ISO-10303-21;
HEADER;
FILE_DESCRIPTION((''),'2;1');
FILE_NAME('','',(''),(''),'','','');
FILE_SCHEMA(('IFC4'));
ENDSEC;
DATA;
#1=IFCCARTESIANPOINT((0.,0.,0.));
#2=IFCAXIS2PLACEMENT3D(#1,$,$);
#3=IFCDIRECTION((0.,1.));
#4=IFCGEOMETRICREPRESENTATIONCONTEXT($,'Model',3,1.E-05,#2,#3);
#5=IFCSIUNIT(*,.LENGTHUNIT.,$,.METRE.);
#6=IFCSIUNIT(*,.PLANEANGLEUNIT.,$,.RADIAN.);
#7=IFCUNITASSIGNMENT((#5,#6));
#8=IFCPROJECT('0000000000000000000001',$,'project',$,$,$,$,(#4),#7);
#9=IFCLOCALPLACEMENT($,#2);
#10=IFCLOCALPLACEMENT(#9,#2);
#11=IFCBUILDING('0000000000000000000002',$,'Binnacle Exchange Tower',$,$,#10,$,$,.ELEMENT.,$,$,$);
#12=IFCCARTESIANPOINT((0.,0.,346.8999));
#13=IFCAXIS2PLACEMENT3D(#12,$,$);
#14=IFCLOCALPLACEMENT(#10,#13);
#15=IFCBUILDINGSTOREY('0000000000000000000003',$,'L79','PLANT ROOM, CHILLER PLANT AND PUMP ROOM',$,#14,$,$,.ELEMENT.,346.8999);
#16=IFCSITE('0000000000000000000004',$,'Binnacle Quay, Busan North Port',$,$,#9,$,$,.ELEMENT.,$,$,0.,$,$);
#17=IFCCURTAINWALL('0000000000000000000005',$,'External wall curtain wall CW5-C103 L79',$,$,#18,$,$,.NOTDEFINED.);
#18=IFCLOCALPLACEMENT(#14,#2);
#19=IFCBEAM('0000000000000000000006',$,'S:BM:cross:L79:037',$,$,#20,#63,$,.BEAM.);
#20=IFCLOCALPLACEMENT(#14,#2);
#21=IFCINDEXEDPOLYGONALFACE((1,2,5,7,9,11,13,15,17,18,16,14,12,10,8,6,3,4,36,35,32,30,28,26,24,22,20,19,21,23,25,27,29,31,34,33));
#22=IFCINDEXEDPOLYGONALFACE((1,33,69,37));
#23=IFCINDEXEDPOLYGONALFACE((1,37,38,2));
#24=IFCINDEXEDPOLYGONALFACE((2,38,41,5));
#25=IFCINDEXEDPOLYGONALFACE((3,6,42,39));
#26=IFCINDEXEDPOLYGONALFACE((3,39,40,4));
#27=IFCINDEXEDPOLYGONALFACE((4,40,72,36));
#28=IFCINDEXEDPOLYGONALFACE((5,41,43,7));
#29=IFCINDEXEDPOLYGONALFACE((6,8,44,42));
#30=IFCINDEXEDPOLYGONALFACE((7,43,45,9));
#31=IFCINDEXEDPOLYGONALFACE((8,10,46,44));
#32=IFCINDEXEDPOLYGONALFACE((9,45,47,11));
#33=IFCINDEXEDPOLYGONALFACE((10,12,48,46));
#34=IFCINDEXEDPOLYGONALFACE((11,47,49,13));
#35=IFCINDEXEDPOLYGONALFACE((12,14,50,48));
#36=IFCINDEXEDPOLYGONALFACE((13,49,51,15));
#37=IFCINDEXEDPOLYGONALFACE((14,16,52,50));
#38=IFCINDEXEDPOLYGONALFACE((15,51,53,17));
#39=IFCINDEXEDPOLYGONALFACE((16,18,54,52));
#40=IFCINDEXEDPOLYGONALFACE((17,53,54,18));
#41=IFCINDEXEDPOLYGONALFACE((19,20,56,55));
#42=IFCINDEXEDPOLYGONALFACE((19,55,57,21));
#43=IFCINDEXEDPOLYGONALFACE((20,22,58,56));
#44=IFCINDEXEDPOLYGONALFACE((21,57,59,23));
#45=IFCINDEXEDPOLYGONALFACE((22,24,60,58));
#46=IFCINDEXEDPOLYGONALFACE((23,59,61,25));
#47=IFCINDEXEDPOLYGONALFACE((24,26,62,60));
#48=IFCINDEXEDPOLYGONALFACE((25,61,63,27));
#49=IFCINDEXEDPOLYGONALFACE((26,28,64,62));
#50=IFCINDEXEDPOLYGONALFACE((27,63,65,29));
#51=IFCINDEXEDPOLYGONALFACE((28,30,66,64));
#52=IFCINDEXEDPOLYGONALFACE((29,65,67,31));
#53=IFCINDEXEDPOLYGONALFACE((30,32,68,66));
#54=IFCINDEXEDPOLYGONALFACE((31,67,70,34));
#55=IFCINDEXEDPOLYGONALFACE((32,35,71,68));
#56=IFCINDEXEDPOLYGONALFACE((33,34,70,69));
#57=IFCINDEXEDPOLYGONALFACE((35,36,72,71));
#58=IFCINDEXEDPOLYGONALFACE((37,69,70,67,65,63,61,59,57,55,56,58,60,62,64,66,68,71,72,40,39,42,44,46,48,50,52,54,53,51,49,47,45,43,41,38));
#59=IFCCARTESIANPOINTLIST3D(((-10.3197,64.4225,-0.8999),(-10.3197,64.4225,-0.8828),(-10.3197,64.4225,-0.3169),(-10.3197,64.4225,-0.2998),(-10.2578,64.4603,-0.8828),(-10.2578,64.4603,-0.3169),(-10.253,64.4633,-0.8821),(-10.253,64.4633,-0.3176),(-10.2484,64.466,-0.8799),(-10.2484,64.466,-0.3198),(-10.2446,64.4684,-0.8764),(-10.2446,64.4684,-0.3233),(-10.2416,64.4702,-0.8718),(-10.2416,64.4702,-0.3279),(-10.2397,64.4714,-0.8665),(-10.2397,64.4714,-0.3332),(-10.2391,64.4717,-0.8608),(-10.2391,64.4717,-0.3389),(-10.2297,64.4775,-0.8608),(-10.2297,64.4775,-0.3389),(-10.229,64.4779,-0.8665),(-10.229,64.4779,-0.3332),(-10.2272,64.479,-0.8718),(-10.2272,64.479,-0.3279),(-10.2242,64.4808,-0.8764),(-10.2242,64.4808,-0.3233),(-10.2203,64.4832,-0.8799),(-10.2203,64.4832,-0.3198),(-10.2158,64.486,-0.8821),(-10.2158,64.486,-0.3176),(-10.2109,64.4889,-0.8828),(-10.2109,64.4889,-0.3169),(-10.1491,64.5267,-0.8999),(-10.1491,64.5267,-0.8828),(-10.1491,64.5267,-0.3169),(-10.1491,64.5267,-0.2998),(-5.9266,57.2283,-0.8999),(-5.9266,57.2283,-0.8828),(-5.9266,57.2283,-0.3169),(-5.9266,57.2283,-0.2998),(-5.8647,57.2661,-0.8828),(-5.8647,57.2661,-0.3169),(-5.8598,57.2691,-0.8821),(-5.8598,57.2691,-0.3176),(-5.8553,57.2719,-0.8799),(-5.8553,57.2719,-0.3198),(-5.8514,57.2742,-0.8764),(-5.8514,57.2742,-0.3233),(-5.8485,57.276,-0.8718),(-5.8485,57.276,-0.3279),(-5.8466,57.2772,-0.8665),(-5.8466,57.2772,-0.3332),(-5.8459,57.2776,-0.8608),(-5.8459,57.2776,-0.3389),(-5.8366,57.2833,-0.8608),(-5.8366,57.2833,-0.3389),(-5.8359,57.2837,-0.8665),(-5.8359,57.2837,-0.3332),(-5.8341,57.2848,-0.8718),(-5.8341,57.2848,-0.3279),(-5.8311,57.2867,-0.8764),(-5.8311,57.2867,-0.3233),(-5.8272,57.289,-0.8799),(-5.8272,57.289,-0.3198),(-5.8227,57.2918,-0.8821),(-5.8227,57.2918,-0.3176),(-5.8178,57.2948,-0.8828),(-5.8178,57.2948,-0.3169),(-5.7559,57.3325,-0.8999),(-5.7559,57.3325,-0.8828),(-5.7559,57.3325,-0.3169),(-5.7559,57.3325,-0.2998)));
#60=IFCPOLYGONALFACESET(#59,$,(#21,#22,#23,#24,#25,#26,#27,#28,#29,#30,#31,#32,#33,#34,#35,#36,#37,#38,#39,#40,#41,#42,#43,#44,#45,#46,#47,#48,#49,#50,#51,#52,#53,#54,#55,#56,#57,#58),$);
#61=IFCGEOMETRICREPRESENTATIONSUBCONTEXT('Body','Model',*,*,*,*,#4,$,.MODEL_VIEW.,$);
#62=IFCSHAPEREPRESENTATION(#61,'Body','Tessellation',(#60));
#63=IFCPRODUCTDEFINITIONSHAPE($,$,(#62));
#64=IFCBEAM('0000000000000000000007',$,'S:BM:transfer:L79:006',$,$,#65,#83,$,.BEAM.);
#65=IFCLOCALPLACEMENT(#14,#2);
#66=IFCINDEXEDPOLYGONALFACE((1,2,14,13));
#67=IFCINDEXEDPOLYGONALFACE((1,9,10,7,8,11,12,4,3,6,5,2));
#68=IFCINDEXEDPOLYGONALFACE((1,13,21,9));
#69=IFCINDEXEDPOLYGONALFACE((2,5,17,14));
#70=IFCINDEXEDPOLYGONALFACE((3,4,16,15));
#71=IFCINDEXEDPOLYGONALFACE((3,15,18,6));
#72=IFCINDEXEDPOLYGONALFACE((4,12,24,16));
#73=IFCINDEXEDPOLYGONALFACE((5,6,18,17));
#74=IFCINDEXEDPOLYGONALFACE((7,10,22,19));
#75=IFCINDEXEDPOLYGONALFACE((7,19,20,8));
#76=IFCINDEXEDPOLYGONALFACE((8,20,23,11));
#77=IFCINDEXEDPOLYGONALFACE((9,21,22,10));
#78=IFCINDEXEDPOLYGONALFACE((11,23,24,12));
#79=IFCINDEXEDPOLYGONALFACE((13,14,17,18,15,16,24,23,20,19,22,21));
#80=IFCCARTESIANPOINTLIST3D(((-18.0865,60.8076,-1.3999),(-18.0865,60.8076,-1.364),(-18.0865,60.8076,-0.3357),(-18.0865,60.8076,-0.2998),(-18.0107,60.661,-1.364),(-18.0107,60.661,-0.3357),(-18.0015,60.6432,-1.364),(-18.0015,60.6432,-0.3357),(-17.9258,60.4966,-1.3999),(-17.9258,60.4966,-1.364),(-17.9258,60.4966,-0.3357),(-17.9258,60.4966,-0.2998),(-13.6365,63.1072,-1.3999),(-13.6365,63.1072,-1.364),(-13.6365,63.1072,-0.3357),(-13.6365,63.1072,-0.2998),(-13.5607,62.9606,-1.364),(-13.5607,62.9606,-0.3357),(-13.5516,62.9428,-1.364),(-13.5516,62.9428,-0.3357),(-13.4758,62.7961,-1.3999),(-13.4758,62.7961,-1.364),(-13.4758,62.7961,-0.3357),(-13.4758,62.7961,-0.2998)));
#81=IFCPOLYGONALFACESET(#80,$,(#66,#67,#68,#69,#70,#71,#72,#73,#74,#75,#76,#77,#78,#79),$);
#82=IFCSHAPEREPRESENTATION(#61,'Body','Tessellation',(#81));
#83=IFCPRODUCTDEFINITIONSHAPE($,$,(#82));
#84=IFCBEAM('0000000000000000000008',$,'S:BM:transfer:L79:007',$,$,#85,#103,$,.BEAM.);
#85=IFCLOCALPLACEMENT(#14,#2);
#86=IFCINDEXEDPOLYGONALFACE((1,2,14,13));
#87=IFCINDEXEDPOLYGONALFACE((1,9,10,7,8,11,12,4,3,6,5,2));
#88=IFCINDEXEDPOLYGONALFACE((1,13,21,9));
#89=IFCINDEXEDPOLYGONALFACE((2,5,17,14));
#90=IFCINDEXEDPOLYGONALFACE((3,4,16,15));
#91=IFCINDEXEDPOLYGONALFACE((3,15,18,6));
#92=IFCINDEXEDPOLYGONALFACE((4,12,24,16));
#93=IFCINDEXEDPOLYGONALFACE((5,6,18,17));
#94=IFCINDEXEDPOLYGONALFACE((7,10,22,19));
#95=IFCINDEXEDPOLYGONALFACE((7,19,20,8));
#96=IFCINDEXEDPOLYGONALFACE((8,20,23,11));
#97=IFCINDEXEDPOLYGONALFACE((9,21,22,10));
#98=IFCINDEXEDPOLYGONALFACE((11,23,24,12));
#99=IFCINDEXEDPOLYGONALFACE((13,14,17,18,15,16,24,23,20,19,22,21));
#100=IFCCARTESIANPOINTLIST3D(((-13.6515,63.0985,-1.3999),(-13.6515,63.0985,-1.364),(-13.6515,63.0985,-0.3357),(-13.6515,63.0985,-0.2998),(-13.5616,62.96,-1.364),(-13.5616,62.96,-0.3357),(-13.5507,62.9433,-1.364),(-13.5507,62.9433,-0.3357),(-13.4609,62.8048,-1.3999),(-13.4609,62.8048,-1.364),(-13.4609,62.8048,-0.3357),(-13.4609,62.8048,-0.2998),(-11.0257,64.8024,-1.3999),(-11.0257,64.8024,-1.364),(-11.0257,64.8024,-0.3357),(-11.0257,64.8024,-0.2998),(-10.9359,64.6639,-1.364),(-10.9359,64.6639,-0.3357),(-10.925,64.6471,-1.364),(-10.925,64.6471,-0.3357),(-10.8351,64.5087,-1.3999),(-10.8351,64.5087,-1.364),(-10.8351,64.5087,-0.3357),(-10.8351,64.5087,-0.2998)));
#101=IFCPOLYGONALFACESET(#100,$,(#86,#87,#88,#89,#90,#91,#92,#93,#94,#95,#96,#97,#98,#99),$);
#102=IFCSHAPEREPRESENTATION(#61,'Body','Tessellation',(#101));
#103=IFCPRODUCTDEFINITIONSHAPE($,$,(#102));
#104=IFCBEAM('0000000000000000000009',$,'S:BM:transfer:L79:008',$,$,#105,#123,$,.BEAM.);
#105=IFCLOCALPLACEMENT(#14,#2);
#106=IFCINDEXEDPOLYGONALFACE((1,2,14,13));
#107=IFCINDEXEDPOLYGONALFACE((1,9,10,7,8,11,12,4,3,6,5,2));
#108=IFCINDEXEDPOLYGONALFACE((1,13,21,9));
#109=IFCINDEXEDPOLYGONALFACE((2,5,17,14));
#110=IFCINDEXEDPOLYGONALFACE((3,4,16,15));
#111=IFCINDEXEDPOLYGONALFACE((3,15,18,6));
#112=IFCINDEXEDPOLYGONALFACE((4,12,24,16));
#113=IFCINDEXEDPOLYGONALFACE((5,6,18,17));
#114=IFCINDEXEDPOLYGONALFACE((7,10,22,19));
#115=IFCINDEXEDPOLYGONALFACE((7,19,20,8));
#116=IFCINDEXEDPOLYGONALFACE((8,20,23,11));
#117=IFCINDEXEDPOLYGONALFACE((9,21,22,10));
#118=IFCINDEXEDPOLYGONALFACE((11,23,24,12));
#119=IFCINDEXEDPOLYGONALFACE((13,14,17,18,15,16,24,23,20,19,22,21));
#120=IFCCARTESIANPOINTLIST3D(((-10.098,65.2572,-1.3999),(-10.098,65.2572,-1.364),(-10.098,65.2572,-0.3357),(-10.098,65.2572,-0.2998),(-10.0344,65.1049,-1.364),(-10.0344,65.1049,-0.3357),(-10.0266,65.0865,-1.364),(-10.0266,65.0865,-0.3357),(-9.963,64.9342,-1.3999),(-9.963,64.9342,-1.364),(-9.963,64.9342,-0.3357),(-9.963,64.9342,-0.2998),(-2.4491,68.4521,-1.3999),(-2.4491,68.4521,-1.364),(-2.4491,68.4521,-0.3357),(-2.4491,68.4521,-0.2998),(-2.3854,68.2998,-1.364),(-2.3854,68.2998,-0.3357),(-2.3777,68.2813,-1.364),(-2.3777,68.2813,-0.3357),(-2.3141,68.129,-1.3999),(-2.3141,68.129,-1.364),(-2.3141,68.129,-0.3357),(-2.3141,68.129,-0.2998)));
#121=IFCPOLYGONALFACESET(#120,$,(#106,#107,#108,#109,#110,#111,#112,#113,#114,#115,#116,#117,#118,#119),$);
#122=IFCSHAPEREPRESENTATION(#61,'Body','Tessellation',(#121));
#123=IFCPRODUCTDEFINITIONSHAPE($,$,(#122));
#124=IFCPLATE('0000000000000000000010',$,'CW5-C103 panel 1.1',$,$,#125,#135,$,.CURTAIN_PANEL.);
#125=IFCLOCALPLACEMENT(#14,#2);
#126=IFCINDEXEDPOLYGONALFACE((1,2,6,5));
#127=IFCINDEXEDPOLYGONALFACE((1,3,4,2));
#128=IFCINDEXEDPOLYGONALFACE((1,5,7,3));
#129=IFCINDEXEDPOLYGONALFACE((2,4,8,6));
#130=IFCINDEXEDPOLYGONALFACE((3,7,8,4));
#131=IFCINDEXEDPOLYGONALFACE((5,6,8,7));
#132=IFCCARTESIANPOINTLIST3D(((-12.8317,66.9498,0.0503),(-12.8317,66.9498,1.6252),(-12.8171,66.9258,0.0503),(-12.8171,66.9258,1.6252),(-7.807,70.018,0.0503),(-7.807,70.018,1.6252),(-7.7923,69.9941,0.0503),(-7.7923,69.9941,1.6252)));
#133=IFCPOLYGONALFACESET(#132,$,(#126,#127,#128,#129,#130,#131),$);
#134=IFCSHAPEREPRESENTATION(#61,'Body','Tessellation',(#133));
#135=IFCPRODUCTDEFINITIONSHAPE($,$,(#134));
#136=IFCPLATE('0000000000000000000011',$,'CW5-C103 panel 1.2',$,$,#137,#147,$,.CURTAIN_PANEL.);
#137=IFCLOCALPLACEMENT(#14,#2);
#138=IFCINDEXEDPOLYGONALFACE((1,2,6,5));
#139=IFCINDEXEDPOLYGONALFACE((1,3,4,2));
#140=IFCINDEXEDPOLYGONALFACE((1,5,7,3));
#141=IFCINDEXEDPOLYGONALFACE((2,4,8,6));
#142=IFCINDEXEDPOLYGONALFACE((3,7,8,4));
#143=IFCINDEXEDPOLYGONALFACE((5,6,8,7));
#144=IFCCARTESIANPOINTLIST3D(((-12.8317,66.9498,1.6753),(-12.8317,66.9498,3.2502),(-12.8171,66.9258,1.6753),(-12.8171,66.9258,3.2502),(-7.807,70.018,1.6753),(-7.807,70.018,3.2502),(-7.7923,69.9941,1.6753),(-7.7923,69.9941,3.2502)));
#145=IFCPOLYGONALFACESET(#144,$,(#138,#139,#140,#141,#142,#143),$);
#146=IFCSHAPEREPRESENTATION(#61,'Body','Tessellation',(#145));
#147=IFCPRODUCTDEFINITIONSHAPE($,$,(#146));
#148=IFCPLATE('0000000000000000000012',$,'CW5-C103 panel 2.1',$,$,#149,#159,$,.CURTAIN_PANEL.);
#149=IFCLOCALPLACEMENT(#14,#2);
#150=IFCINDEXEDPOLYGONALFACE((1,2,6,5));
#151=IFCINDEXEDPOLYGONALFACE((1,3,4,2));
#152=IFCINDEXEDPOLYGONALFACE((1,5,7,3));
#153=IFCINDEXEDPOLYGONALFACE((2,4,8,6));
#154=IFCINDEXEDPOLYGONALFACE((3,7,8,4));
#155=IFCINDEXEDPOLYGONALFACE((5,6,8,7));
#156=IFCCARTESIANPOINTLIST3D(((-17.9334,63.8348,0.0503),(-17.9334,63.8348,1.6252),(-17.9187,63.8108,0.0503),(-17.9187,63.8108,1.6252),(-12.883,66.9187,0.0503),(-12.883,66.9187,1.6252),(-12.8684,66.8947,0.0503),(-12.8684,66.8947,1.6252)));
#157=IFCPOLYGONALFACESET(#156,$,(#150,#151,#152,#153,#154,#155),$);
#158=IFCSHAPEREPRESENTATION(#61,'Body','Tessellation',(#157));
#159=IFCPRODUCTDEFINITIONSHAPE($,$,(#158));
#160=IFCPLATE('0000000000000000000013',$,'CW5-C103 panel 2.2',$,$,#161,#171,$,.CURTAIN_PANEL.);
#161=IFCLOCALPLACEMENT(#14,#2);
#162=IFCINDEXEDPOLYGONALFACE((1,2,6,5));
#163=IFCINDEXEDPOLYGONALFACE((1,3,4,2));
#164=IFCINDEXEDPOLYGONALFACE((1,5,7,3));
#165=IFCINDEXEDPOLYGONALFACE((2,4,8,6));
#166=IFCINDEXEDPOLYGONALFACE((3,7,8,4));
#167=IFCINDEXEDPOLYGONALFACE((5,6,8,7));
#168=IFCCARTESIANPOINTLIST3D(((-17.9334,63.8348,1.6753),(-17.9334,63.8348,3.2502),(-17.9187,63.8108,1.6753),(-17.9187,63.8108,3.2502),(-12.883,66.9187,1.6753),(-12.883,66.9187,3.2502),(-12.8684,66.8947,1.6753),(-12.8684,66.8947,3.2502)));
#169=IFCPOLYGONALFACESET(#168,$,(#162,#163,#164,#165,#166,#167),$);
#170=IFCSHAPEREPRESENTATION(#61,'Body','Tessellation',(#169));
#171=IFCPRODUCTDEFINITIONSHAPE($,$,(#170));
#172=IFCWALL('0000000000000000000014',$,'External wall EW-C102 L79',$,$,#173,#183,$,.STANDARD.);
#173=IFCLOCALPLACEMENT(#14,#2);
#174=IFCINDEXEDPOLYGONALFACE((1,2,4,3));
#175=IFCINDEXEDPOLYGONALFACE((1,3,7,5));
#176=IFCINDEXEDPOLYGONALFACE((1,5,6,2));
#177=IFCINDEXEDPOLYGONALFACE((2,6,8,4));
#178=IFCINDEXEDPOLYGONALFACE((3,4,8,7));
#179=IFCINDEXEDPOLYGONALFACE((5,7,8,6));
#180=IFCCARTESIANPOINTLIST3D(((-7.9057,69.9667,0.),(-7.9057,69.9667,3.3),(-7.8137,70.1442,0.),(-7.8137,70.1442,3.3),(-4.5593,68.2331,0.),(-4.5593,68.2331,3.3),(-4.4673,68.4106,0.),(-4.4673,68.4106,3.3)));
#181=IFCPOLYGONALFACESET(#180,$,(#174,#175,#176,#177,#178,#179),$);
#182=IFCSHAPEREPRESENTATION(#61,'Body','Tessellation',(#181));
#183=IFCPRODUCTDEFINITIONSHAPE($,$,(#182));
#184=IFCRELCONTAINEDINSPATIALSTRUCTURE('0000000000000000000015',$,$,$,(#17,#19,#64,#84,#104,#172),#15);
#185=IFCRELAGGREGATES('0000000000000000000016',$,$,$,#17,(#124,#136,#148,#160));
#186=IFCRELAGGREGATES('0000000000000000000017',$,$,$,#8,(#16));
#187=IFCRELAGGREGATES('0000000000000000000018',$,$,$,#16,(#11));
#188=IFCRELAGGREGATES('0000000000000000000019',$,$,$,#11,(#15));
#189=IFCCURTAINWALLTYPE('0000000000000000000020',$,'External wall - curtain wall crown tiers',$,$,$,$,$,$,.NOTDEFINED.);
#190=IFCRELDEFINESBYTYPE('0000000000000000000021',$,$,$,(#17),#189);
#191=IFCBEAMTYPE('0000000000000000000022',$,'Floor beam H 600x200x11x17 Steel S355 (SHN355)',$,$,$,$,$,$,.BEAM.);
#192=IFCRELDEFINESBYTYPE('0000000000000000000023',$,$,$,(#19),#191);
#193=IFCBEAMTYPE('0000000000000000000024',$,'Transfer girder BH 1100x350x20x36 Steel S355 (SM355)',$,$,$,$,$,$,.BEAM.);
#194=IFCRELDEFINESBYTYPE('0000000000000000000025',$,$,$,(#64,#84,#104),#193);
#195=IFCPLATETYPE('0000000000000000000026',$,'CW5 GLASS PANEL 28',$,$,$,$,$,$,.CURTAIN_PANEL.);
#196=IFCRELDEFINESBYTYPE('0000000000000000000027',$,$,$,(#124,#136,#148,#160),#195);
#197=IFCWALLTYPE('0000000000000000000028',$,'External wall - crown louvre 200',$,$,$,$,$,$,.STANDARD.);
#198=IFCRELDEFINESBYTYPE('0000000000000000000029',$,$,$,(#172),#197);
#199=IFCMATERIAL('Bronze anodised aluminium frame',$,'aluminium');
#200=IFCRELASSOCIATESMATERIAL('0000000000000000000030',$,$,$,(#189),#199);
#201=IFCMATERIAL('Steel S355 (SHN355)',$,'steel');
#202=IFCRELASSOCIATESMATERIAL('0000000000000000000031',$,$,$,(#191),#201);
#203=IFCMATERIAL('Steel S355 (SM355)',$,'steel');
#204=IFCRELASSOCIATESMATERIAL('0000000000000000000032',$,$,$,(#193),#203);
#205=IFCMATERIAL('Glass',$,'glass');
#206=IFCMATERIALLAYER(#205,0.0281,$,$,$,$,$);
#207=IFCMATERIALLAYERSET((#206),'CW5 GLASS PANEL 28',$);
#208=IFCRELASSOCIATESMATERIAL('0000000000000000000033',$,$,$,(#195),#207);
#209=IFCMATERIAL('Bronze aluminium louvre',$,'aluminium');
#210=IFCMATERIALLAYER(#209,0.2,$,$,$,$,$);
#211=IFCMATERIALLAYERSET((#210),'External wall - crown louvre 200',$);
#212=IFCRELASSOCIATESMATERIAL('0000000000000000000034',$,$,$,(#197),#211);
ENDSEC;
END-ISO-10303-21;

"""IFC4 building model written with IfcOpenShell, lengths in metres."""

from ifc_helpers import new_model, si_unit, direction, frame, frame_2d, origin, origin_2d, place, context, subcontext, project, spatial, rectangle, i_section, extrude, material, layer, layer_set, material_profile, profile_set, type_object, element, aggregate, save


model = new_model("IFC4")

# Units and contexts
model_context = context("Model", 3, precision=1e-05, world=origin(), true_north=direction((0.0, 1.0)))
body_context = subcontext(model_context, "Body", "Model", "MODEL_VIEW")
ifc_project = project(units=[si_unit("LENGTHUNIT", "METRE"), si_unit("PLANEANGLEUNIT", "RADIAN")], contexts=[model_context])

# Site, building, storey
site_placement = place(None, origin())
site = spatial("IfcSite", under=ifc_project, at=site_placement, Name="Binnacle Quay, Busan North Port", CompositionType="ELEMENT", RefElevation=0.0)
building_placement = place(site_placement, origin())
building = spatial("IfcBuilding", under=site, at=building_placement, Name="Binnacle Exchange Tower", CompositionType="ELEMENT")
storey_placement = place(building_placement, frame((0.0, 0.0, 346.8999)))
storey = spatial("IfcBuildingStorey", under=building, at=storey_placement, Name="L79", Description="PLANT ROOM, CHILLER PLANT AND PUMP ROOM", CompositionType="ELEMENT", Elevation=346.8999)

# Shared definitions
ifc_material_1 = material(Name="Steel S355 (SHN355)", Category="steel")

# Curtain wall
ifc_material_2 = material(Name="Bronze anodised aluminium frame", Category="aluminium")
curtain_wall_type = type_object("IfcCurtainWallType", Name="External wall - curtain wall crown tiers", PredefinedType="NOTDEFINED", material=ifc_material_2)
curtain_wall_placement = place(storey_placement, origin())
curtain_wall = element("IfcCurtainWall", 1, at=curtain_wall_placement, inside=storey, type_object=curtain_wall_type, Name="External wall curtain wall CW5-C103 L79", PredefinedType="NOTDEFINED")

# Beams
ifc_material_profile_1 = material_profile(ifc_material_1, i_section(OverallWidth=0.2, OverallDepth=0.6001, WebThickness=0.011, FlangeThickness=0.0171, FilletRadius=0.022, at=origin_2d()), Name="H 600x200x11x17")
ifc_profile_set_1 = profile_set([ifc_material_profile_1], Name="Steel S355 (SHN355)")
beam_type_1 = type_object("IfcBeamType", Name="Floor beam H 600x200x11x17 Steel S355 (SHN355)", PredefinedType="BEAM", material=ifc_profile_set_1)
beam_1_placement = place(storey_placement, frame((-10.2344, 64.4746, -0.5999), z_axis=(0.521163, -0.853457, 0.0), x_axis=(0.853457, 0.521163, 0.0)))
element("IfcBeam", 2, at=beam_1_placement, inside=storey, type_object=beam_type_1, Name="S:BM:cross:L79:037", PredefinedType="BEAM", context=body_context, shape_type="SweptSolid", body=[
    extrude(i_section(OverallWidth=0.2, OverallDepth=0.6001, WebThickness=0.011, FlangeThickness=0.0171, FilletRadius=0.022, at=origin_2d()), origin(), (0.0, 0.0, 1.0), 8.4294),
])
ifc_material_3 = material(Name="Steel S355 (SM355)", Category="steel")
ifc_material_profile_2 = material_profile(ifc_material_3, i_section(OverallWidth=0.3501, OverallDepth=1.1001, WebThickness=0.02, FlangeThickness=0.0359, at=origin_2d()), Name="BH 1100x350x20x36")
ifc_profile_set_2 = profile_set([ifc_material_profile_2], Name="Steel S355 (SM355)")
beam_type_2 = type_object("IfcBeamType", Name="Transfer girder BH 1100x350x20x36 Steel S355 (SM355)", PredefinedType="BEAM", material=ifc_profile_set_2)
beam_2_placement = place(storey_placement, frame((-13.5562, 62.9517, -0.8499), z_axis=(-0.888392, -0.459086, 0.0), x_axis=(0.459086, -0.888392, 0.0)))
element("IfcBeam", 3, at=beam_2_placement, inside=storey, type_object=beam_type_2, Name="S:BM:transfer:L79:006", PredefinedType="BEAM", context=body_context, shape_type="SweptSolid", body=[
    extrude(i_section(OverallWidth=0.3501, OverallDepth=1.1001, WebThickness=0.02, FlangeThickness=0.0359, at=origin_2d()), origin(), (0.0, 0.0, 1.0), 5.009),
])
beam_3_placement = place(storey_placement, frame((-10.9304, 64.6555, -0.8499), z_axis=(-0.838862, -0.544344, 0.0), x_axis=(0.544344, -0.838862, 0.0)))
element("IfcBeam", 4, at=beam_3_placement, inside=storey, type_object=beam_type_2, Name="S:BM:transfer:L79:007", PredefinedType="BEAM", context=body_context, shape_type="SweptSolid", body=[
    extrude(i_section(OverallWidth=0.3501, OverallDepth=1.1001, WebThickness=0.02, FlangeThickness=0.0359, at=origin_2d()), origin(), (0.0, 0.0, 1.0), 3.1301),
])
beam_4_placement = place(storey_placement, frame((-2.3816, 68.2905, -0.8499), z_axis=(-0.922744, -0.385414, 0.0), x_axis=(0.385414, -0.922744, 0.0)))
element("IfcBeam", 5, at=beam_4_placement, inside=storey, type_object=beam_type_2, Name="S:BM:transfer:L79:008", PredefinedType="BEAM", context=body_context, shape_type="SweptSolid", body=[
    extrude(i_section(OverallWidth=0.3501, OverallDepth=1.1001, WebThickness=0.02, FlangeThickness=0.0359, at=origin_2d()), origin(), (0.0, 0.0, 1.0), 8.2893),
])

# Plates
ifc_material_4 = material(Name="Glass", Category="glass")
ifc_layer_1 = layer(ifc_material_4, 0.0281)
ifc_layer_set_1 = layer_set([ifc_layer_1], Name="CW5 GLASS PANEL 28")
plate_type = type_object("IfcPlateType", Name="CW5 GLASS PANEL 28", PredefinedType="CURTAIN_PANEL", material=ifc_layer_set_1)
plate_1_placement = place(storey_placement, frame((-10.312, 68.4719, 0.0503), z_axis=(0.0, 0.0, 1.0), x_axis=(-0.853461, -0.521157, 0.0)))
plate_1 = element("IfcPlate", 6, at=plate_1_placement, type_object=plate_type, Name="CW5-C103 panel 1.1", PredefinedType="CURTAIN_PANEL", context=body_context, shape_type="SweptSolid", body=[
    extrude(rectangle(XDim=5.8875, YDim=0.0281, at=origin_2d()), origin(), (0.0, 0.0, 1.0), 1.575),
])
plate_2_placement = place(storey_placement, frame((-10.312, 68.4719, 1.6753), z_axis=(0.0, 0.0, 1.0), x_axis=(-0.853461, -0.521157, 0.0)))
plate_2 = element("IfcPlate", 7, at=plate_2_placement, type_object=plate_type, Name="CW5-C103 panel 1.2", PredefinedType="CURTAIN_PANEL", context=body_context, shape_type="SweptSolid", body=[
    extrude(rectangle(XDim=5.8875, YDim=0.0281, at=origin_2d()), origin(), (0.0, 0.0, 1.0), 1.575),
])
plate_3_placement = place(storey_placement, frame((-15.4009, 65.3647, 0.0503), z_axis=(0.0, 0.0, 1.0), x_axis=(-0.853461, -0.521157, 0.0)))
plate_3 = element("IfcPlate", 8, at=plate_3_placement, type_object=plate_type, Name="CW5-C103 panel 2.1", PredefinedType="CURTAIN_PANEL", context=body_context, shape_type="SweptSolid", body=[
    extrude(rectangle(XDim=5.9175, YDim=0.0281, at=origin_2d()), origin(), (0.0, 0.0, 1.0), 1.575),
])
plate_4_placement = place(storey_placement, frame((-15.4009, 65.3647, 1.6753), z_axis=(0.0, 0.0, 1.0), x_axis=(-0.853461, -0.521157, 0.0)))
plate_4 = element("IfcPlate", 9, at=plate_4_placement, type_object=plate_type, Name="CW5-C103 panel 2.2", PredefinedType="CURTAIN_PANEL", context=body_context, shape_type="SweptSolid", body=[
    extrude(rectangle(XDim=5.9175, YDim=0.0281, at=origin_2d()), origin(), (0.0, 0.0, 1.0), 1.575),
])
aggregate(curtain_wall, [plate_1, plate_2, plate_3, plate_4])

# Shared definitions
ifc_material_5 = material(Name="Bronze aluminium louvre", Category="aluminium")
ifc_layer_2 = layer(ifc_material_5, 0.2)
ifc_layer_set_2 = layer_set([ifc_layer_2], Name="External wall - crown louvre 200")
wall_type = type_object("IfcWallType", Name="External wall - crown louvre 200", PredefinedType="STANDARD", material=ifc_layer_set_2)

# Wall
wall_1_placement = place(storey_placement, frame((-7.8596, 70.0554, 0.0), z_axis=(0.0, 0.0, 1.0), x_axis=(0.887922, -0.459994, 0.0)))
element("IfcWall", 10, at=wall_1_placement, inside=storey, type_object=wall_type, Name="External wall EW-C102 L79", PredefinedType="STANDARD", context=body_context, shape_type="SweptSolid", body=[
    extrude(rectangle(XDim=3.7688, YDim=0.2, at=frame_2d((1.8843, 0.0))), origin(), (0.0, 0.0, 1.0), 3.3),
])

save(model, "model.ifc")
